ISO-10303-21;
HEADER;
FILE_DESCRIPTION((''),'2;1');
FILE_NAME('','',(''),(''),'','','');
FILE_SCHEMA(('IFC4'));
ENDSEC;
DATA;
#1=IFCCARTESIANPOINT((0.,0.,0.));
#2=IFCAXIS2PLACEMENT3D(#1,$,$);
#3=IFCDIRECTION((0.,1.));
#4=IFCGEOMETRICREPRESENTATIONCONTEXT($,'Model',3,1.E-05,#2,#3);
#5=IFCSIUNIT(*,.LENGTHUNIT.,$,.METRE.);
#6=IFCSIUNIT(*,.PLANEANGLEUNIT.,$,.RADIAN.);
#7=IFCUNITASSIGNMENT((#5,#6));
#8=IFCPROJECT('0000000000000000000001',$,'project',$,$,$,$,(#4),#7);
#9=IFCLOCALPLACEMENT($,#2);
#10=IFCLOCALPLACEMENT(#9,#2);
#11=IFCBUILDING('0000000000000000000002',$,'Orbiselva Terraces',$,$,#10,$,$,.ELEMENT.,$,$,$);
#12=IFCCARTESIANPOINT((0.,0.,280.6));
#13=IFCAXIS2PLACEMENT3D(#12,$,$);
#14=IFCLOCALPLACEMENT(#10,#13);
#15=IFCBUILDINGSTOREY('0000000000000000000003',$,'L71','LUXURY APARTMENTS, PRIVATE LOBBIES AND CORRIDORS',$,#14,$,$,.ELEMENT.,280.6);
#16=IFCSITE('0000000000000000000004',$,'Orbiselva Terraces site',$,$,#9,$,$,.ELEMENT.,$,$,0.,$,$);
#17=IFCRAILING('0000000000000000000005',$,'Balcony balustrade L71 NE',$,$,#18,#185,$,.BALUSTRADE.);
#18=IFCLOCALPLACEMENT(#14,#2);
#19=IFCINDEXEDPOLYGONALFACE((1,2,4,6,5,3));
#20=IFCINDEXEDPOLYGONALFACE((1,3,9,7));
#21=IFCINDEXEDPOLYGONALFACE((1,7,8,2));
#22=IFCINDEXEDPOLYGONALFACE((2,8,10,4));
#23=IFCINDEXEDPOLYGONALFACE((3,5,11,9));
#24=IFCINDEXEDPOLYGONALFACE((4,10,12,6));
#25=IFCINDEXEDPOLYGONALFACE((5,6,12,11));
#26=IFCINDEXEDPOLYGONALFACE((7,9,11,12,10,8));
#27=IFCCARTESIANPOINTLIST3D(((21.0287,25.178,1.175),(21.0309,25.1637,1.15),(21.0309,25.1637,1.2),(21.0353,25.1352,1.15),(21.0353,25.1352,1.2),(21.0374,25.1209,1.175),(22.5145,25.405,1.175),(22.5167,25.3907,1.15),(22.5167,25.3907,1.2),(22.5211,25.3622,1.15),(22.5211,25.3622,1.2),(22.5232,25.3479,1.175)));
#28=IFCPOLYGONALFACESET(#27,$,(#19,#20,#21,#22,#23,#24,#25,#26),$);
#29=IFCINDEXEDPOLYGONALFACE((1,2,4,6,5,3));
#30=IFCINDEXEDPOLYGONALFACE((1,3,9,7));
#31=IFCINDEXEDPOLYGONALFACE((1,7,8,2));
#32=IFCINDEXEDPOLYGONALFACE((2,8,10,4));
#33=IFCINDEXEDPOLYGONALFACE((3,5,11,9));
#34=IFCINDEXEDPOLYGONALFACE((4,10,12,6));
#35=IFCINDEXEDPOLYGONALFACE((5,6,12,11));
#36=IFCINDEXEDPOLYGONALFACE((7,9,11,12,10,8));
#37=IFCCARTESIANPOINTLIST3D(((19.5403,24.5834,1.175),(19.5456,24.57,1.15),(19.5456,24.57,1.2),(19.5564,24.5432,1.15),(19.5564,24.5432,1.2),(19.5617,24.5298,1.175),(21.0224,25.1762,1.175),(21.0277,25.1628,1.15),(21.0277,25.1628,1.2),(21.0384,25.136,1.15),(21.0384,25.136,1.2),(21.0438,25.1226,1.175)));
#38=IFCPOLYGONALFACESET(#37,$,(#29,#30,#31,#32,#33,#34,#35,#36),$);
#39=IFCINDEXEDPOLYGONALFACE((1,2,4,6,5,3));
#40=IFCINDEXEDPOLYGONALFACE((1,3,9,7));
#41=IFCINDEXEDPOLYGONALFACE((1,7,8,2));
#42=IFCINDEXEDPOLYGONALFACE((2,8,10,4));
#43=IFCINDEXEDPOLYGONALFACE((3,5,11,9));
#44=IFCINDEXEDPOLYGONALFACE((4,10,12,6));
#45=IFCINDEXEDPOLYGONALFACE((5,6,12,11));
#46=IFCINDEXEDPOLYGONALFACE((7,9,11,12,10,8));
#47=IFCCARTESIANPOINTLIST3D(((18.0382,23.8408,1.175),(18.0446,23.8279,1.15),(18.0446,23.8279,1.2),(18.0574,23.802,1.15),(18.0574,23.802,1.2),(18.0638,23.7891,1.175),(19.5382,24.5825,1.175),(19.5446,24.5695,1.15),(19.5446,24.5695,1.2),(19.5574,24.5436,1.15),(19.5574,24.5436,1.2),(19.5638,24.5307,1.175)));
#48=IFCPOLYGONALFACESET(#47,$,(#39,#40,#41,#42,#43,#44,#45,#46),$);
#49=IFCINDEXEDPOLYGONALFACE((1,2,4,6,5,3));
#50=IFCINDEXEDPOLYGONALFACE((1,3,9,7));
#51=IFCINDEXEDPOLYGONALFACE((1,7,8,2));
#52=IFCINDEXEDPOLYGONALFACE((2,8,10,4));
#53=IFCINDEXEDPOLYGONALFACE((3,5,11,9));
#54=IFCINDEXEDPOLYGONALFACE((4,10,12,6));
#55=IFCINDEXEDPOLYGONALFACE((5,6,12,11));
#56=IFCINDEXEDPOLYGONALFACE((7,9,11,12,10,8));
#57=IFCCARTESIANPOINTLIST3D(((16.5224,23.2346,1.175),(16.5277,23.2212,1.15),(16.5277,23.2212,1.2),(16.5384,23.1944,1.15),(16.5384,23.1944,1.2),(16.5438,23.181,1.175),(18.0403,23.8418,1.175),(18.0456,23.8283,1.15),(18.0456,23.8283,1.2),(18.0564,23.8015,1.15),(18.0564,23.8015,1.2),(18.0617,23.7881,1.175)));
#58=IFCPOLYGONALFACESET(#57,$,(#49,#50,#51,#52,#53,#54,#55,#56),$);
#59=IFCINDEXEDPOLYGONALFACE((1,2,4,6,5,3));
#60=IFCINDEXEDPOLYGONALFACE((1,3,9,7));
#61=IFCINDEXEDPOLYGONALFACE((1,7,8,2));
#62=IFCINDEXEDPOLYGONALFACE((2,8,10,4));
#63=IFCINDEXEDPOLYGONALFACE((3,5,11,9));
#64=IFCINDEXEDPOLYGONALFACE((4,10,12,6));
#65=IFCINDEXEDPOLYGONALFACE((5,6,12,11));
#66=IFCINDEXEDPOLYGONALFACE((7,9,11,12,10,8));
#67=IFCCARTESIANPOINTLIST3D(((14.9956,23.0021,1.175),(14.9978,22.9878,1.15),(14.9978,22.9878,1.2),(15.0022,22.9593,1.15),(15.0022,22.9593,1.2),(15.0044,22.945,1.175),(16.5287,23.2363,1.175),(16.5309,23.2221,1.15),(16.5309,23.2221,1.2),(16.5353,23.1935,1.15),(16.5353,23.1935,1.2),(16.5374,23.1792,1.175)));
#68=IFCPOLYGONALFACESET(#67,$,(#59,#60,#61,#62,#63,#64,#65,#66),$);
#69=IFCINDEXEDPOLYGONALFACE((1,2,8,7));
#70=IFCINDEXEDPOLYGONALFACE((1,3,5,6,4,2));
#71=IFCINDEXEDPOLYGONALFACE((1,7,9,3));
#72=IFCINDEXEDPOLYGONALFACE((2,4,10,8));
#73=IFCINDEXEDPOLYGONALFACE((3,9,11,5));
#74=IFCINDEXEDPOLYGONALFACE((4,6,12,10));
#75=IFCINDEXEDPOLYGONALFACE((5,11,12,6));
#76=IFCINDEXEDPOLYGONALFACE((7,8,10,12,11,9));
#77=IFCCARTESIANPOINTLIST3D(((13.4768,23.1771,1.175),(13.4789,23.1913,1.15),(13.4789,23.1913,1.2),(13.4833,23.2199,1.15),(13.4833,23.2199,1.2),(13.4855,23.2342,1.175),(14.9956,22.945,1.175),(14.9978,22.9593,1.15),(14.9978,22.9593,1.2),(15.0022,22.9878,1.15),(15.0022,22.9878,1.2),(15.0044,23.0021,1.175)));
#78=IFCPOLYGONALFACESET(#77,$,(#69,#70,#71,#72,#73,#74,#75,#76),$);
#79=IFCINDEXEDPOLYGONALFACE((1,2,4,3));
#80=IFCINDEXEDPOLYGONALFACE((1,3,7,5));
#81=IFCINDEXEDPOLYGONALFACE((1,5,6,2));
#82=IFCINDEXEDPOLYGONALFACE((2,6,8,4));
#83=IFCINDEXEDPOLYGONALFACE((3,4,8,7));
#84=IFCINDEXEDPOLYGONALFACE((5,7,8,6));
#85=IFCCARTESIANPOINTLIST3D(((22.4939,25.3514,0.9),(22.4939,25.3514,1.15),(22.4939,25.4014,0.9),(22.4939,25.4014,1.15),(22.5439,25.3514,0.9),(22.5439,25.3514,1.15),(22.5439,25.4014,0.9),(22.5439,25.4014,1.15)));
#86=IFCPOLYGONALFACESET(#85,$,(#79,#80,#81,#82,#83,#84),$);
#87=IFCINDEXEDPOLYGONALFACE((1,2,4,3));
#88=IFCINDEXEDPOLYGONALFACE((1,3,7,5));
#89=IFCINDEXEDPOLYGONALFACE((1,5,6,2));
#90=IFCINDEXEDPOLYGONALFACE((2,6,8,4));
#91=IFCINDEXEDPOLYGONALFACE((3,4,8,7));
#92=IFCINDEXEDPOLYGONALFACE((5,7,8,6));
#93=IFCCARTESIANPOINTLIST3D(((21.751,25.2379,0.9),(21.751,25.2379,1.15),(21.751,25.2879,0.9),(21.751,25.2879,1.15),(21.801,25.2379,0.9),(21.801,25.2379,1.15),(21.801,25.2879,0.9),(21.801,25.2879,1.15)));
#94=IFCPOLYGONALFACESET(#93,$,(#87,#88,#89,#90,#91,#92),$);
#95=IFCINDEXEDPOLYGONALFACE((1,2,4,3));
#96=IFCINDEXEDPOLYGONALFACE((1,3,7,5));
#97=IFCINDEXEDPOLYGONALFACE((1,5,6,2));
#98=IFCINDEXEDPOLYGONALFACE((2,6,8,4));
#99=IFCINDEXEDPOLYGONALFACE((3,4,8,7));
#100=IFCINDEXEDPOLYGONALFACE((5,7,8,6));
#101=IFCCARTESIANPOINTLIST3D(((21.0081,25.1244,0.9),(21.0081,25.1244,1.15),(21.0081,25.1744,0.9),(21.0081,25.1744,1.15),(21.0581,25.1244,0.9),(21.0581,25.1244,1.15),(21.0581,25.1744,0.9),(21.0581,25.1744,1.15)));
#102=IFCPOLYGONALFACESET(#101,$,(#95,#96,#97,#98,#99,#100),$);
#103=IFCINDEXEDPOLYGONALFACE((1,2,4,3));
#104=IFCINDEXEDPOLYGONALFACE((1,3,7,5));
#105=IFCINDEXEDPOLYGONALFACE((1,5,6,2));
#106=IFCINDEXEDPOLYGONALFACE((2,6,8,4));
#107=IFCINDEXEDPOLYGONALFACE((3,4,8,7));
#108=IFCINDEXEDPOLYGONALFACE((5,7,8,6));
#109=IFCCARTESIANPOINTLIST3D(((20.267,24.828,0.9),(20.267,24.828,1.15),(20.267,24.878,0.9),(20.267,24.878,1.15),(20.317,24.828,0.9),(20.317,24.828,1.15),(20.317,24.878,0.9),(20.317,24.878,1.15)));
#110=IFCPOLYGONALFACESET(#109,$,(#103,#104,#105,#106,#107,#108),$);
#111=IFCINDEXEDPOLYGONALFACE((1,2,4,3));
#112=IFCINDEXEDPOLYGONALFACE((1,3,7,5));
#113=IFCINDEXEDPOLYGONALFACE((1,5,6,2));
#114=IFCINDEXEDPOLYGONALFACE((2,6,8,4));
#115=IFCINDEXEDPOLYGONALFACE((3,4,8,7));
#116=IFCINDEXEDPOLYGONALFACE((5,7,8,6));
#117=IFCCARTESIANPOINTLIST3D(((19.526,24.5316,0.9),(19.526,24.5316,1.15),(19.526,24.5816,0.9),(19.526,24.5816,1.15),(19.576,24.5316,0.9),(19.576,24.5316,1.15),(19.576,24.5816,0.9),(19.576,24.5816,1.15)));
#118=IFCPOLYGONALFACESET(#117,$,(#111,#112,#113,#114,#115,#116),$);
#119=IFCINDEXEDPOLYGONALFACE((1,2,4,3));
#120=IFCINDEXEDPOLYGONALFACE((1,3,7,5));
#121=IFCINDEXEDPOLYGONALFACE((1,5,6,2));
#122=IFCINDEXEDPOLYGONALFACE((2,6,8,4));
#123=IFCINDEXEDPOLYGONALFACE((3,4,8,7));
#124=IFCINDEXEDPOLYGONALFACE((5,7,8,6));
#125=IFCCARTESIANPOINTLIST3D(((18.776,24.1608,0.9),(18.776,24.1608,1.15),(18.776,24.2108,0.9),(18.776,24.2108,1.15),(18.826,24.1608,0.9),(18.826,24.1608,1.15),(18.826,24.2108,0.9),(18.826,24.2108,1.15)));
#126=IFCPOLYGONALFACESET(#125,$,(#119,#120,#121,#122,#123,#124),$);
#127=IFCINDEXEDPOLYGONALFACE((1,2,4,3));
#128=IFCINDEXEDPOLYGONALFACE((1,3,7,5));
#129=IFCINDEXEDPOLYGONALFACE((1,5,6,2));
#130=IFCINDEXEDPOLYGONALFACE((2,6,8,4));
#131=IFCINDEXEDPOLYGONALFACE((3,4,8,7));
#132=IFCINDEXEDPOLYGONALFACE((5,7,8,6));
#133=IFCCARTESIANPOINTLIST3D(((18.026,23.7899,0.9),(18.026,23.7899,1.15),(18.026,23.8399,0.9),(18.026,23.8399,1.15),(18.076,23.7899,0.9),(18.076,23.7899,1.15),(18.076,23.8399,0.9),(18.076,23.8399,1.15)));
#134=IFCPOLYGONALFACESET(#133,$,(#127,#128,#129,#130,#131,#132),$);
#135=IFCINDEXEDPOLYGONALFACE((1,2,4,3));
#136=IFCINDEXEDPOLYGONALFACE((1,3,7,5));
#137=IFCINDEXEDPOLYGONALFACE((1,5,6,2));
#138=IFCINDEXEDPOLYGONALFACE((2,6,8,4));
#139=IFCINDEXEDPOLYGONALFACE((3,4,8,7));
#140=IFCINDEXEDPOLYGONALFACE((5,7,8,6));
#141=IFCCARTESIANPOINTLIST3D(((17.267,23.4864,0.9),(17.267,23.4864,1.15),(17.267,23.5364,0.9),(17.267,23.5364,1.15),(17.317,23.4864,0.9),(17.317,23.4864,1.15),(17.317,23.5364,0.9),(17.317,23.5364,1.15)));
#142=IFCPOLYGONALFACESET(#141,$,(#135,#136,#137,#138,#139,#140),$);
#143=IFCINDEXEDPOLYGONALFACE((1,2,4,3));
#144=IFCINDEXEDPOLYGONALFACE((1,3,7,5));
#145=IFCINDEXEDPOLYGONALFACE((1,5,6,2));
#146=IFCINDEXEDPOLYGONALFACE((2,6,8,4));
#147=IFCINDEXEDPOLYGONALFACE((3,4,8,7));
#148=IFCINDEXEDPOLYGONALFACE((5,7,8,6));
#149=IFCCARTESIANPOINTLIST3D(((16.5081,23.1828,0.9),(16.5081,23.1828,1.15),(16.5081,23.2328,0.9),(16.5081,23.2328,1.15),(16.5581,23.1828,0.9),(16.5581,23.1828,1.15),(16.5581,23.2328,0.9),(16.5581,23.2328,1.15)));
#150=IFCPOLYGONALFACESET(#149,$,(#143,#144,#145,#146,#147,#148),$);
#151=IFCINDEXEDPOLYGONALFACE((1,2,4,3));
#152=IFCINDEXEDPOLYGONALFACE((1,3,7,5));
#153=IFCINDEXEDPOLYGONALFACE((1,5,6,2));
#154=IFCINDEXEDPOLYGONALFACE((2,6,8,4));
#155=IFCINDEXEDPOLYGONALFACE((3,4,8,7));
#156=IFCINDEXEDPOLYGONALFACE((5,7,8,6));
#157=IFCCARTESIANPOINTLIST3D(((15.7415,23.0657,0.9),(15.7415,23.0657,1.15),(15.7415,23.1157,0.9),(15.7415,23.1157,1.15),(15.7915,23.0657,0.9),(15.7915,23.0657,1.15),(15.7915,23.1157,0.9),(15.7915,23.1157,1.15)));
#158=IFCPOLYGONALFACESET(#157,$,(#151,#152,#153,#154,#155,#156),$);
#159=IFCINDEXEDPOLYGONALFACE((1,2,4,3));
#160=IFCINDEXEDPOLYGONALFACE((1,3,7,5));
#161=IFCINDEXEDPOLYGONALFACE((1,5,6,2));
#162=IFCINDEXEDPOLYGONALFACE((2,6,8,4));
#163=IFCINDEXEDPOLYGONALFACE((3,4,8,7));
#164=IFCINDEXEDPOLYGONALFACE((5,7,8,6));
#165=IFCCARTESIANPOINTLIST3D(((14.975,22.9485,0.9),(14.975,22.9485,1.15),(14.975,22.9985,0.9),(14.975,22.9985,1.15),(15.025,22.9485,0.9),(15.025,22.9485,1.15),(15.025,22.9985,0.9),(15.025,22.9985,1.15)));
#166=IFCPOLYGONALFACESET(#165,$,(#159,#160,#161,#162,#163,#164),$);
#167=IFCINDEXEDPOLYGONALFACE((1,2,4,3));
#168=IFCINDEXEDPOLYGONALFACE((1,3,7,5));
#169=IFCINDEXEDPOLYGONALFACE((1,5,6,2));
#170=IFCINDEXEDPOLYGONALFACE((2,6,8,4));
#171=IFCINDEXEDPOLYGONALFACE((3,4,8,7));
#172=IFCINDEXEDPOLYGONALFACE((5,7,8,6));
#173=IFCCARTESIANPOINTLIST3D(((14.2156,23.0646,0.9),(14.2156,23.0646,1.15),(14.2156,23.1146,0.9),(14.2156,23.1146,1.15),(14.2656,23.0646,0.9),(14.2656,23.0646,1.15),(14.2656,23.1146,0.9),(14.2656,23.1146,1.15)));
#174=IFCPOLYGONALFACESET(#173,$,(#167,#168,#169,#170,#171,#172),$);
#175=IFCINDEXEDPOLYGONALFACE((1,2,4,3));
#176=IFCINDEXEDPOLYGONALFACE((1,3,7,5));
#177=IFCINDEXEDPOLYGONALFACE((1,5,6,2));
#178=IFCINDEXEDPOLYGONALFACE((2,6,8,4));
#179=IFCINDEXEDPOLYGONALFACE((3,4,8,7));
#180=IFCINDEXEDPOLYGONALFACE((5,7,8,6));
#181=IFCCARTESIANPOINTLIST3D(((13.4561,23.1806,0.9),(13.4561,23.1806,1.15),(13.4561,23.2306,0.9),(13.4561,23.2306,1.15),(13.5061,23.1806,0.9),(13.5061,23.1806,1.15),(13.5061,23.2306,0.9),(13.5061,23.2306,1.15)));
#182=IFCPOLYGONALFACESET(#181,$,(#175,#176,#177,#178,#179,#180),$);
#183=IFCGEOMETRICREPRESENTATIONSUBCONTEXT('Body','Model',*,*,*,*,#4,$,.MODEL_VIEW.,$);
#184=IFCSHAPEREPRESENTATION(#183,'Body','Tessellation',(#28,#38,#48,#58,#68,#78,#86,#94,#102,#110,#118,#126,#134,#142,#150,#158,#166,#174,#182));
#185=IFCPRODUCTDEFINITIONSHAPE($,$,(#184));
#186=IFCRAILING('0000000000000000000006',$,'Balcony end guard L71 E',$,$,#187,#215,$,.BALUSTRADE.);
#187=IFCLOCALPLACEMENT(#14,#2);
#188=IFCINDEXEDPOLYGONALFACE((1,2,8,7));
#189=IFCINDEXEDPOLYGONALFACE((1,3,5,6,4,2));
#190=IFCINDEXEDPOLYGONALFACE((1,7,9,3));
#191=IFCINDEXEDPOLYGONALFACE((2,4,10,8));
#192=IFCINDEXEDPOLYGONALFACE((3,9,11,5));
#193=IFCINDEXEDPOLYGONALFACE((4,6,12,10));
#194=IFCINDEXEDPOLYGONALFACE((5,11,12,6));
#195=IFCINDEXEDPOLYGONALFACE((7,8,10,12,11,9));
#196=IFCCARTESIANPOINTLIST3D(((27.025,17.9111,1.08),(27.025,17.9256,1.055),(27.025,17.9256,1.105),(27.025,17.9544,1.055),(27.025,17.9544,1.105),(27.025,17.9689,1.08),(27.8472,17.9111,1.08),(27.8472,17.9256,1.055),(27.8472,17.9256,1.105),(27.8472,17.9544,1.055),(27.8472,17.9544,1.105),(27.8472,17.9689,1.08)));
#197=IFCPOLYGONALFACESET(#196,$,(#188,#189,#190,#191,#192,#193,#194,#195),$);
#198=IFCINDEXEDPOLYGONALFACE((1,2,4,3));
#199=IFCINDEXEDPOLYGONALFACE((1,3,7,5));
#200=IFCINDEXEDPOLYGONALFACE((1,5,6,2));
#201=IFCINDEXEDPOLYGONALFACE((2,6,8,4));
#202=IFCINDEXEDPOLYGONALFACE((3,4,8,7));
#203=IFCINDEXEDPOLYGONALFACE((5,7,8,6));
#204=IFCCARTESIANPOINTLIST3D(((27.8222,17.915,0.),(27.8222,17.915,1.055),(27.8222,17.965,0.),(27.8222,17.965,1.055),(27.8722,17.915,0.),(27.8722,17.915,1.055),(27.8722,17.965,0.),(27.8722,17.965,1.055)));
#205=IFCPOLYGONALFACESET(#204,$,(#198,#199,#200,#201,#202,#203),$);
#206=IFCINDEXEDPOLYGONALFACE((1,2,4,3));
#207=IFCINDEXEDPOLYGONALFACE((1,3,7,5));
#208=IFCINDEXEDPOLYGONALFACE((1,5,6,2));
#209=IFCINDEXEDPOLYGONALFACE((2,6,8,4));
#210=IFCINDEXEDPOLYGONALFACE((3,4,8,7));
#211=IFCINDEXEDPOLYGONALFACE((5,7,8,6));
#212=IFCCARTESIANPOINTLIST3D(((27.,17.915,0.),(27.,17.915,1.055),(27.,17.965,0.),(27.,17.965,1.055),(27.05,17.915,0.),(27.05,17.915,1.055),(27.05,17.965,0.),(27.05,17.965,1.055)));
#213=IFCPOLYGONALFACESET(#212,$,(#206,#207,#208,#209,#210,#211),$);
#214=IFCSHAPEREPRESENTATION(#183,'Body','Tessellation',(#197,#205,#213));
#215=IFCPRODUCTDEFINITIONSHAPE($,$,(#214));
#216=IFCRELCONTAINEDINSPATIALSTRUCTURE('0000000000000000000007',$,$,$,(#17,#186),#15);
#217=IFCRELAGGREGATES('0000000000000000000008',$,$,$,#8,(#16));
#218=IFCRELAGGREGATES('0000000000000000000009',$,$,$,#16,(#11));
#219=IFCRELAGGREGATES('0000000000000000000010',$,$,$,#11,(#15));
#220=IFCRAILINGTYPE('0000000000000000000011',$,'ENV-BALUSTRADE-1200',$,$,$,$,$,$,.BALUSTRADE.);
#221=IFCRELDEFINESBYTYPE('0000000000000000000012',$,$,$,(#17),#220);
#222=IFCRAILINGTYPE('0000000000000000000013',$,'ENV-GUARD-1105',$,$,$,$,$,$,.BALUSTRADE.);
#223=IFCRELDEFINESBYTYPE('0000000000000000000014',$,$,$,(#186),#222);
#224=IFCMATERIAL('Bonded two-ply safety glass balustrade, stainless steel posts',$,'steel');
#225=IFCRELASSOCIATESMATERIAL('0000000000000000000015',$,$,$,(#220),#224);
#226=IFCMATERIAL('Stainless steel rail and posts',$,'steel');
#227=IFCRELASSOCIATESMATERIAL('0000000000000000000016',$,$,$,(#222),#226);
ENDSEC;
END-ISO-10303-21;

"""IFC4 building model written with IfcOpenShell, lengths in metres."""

from ifc_helpers import new_model, si_unit, direction, frame, origin, origin_2d, place, context, subcontext, project, spatial, polyline, rectangle, outline, extrude, material, type_object, element, save


model = new_model("IFC4")

# Units and contexts
model_context = context("Model", 3, precision=1e-05, world=origin(), true_north=direction((0.0, 1.0)))
body_context = subcontext(model_context, "Body", "Model", "MODEL_VIEW")
ifc_project = project(units=[si_unit("LENGTHUNIT", "METRE"), si_unit("PLANEANGLEUNIT", "RADIAN")], contexts=[model_context])

# Site, building, storey
site_placement = place(None, origin())
site = spatial("IfcSite", under=ifc_project, at=site_placement, Name="Orbiselva Terraces site", CompositionType="ELEMENT", RefElevation=0.0)
building_placement = place(site_placement, origin())
building = spatial("IfcBuilding", under=site, at=building_placement, Name="Orbiselva Terraces", CompositionType="ELEMENT")
storey_placement = place(building_placement, frame((0.0, 0.0, 280.6)))
storey = spatial("IfcBuildingStorey", under=building, at=storey_placement, Name="L71", Description="LUXURY APARTMENTS, PRIVATE LOBBIES AND CORRIDORS", CompositionType="ELEMENT", Elevation=280.6)

# Railings
ifc_material_1 = material(Name="Bonded two-ply safety glass balustrade, stainless steel posts", Category="steel")
railing_type_1 = type_object("IfcRailingType", Name="ENV-BALUSTRADE-1200", PredefinedType="BALUSTRADE", material=ifc_material_1)
railing_1_placement = place(storey_placement, frame((22.5189, 25.3764, 0.9)))
element("IfcRailing", 1, at=railing_1_placement, inside=storey, type_object=railing_type_1, Name="Balcony balustrade L71 NE", PredefinedType="BALUSTRADE", context=body_context, shape_type="SweptSolid", body=[
    extrude(outline(polyline([(0.0289, 0.0), (0.0144, 0.025), (-0.0144, 0.025), (-0.0289, 0.0), (-0.0144, -0.025), (0.0144, -0.025), (0.0289, 0.0)])), frame((0.0, 0.0, 0.275), z_axis=(-0.988529, -0.151034, 0.0), x_axis=(0.151034, -0.988529, 0.0)), (0.0, 0.0, 1.0), 1.503),
    extrude(outline(polyline([(0.0289, 0.0), (0.0144, 0.025), (-0.0144, 0.025), (-0.0289, 0.0), (-0.0144, -0.025), (0.0144, -0.025), (0.0289, 0.0)])), frame((-1.4858, -0.227, 0.275), z_axis=(-0.928477, -0.371391, 0.0), x_axis=(0.371391, -0.928477, 0.0)), (0.0, 0.0, 1.0), 1.5963),
    extrude(outline(polyline([(0.0289, 0.0), (0.0144, 0.025), (-0.0144, 0.025), (-0.0289, 0.0), (-0.0144, -0.025), (0.0144, -0.025), (0.0289, 0.0)])), frame((-2.9679, -0.8198, 0.275), z_axis=(-0.896417, -0.443212, 0.0), x_axis=(0.443212, -0.896417, 0.0)), (0.0, 0.0, 1.0), 1.6733),
    extrude(outline(polyline([(0.0289, 0.0), (0.0144, 0.025), (-0.0144, 0.025), (-0.0289, 0.0), (-0.0144, -0.025), (0.0144, -0.025), (0.0289, 0.0)])), frame((-4.4679, -1.5615, 0.275), z_axis=(-0.928477, -0.37139, 0.0), x_axis=(0.37139, -0.928477, 0.0)), (0.0, 0.0, 1.0), 1.6348),
    extrude(outline(polyline([(0.0289, 0.0), (0.0144, 0.025), (-0.0144, 0.025), (-0.0289, 0.0), (-0.0144, -0.025), (0.0144, -0.025), (0.0289, 0.0)])), frame((-5.9858, -2.1686, 0.275), z_axis=(-0.988529, -0.151034, 0.0), x_axis=(0.151034, -0.988529, 0.0)), (0.0, 0.0, 1.0), 1.5509),
    extrude(outline(polyline([(0.0289, 0.0), (0.0144, 0.025), (-0.0144, 0.025), (-0.0289, 0.0), (-0.0144, -0.025), (0.0144, -0.025), (0.0289, 0.0)])), frame((-7.5189, -2.4029, 0.275), z_axis=(-0.988529, 0.151034, 0.0), x_axis=(-0.151034, -0.988529, 0.0)), (0.0, 0.0, 1.0), 1.5365),
    extrude(rectangle(XDim=0.05, YDim=0.05, at=origin_2d()), origin(), (0.0, 0.0, 1.0), 0.25),
    extrude(rectangle(XDim=0.05, YDim=0.05, at=origin_2d()), frame((-0.7429, -0.1135, 0.0)), (0.0, 0.0, 1.0), 0.25),
    extrude(rectangle(XDim=0.05, YDim=0.05, at=origin_2d()), frame((-1.4858, -0.227, 0.0)), (0.0, 0.0, 1.0), 0.25),
    extrude(rectangle(XDim=0.05, YDim=0.05, at=origin_2d()), frame((-2.2268, -0.5234, 0.0)), (0.0, 0.0, 1.0), 0.25),
    extrude(rectangle(XDim=0.05, YDim=0.05, at=origin_2d()), frame((-2.9679, -0.8198, 0.0)), (0.0, 0.0, 1.0), 0.25),
    extrude(rectangle(XDim=0.05, YDim=0.05, at=origin_2d()), frame((-3.7179, -1.1907, 0.0)), (0.0, 0.0, 1.0), 0.25),
    extrude(rectangle(XDim=0.05, YDim=0.05, at=origin_2d()), frame((-4.4679, -1.5615, 0.0)), (0.0, 0.0, 1.0), 0.25),
    extrude(rectangle(XDim=0.05, YDim=0.05, at=origin_2d()), frame((-5.2268, -1.8651, 0.0)), (0.0, 0.0, 1.0), 0.25),
    extrude(rectangle(XDim=0.05, YDim=0.05, at=origin_2d()), frame((-5.9858, -2.1686, 0.0)), (0.0, 0.0, 1.0), 0.25),
    extrude(rectangle(XDim=0.05, YDim=0.05, at=origin_2d()), frame((-6.7523, -2.2858, 0.0)), (0.0, 0.0, 1.0), 0.25),
    extrude(rectangle(XDim=0.05, YDim=0.05, at=origin_2d()), frame((-7.5189, -2.4029, 0.0)), (0.0, 0.0, 1.0), 0.25),
    extrude(rectangle(XDim=0.05, YDim=0.05, at=origin_2d()), frame((-8.2783, -2.2869, 0.0)), (0.0, 0.0, 1.0), 0.25),
    extrude(rectangle(XDim=0.05, YDim=0.05, at=origin_2d()), frame((-9.0378, -2.1708, 0.0)), (0.0, 0.0, 1.0), 0.25),
])
ifc_material_2 = material(Name="Stainless steel rail and posts", Category="steel")
railing_type_2 = type_object("IfcRailingType", Name="ENV-GUARD-1105", PredefinedType="BALUSTRADE", material=ifc_material_2)
railing_2_placement = place(storey_placement, frame((27.8472, 17.94, 0.0)))
element("IfcRailing", 2, at=railing_2_placement, inside=storey, type_object=railing_type_2, Name="Balcony end guard L71 E", PredefinedType="BALUSTRADE", context=body_context, shape_type="SweptSolid", body=[
    extrude(outline(polyline([(0.0289, 0.0), (0.0144, 0.025), (-0.0144, 0.025), (-0.0289, 0.0), (-0.0144, -0.025), (0.0144, -0.025), (0.0289, 0.0)])), frame((0.0, 0.0, 1.08), z_axis=(-1.0, 0.0, 0.0), x_axis=(0.0, -1.0, 0.0)), (0.0, 0.0, 1.0), 0.8222),
    extrude(rectangle(XDim=0.05, YDim=0.05, at=origin_2d()), origin(), (0.0, 0.0, 1.0), 1.055),
    extrude(rectangle(XDim=0.05, YDim=0.05, at=origin_2d()), frame((-0.8222, 0.0, 0.0)), (0.0, 0.0, 1.0), 1.055),
])

save(model, "model.ifc")
